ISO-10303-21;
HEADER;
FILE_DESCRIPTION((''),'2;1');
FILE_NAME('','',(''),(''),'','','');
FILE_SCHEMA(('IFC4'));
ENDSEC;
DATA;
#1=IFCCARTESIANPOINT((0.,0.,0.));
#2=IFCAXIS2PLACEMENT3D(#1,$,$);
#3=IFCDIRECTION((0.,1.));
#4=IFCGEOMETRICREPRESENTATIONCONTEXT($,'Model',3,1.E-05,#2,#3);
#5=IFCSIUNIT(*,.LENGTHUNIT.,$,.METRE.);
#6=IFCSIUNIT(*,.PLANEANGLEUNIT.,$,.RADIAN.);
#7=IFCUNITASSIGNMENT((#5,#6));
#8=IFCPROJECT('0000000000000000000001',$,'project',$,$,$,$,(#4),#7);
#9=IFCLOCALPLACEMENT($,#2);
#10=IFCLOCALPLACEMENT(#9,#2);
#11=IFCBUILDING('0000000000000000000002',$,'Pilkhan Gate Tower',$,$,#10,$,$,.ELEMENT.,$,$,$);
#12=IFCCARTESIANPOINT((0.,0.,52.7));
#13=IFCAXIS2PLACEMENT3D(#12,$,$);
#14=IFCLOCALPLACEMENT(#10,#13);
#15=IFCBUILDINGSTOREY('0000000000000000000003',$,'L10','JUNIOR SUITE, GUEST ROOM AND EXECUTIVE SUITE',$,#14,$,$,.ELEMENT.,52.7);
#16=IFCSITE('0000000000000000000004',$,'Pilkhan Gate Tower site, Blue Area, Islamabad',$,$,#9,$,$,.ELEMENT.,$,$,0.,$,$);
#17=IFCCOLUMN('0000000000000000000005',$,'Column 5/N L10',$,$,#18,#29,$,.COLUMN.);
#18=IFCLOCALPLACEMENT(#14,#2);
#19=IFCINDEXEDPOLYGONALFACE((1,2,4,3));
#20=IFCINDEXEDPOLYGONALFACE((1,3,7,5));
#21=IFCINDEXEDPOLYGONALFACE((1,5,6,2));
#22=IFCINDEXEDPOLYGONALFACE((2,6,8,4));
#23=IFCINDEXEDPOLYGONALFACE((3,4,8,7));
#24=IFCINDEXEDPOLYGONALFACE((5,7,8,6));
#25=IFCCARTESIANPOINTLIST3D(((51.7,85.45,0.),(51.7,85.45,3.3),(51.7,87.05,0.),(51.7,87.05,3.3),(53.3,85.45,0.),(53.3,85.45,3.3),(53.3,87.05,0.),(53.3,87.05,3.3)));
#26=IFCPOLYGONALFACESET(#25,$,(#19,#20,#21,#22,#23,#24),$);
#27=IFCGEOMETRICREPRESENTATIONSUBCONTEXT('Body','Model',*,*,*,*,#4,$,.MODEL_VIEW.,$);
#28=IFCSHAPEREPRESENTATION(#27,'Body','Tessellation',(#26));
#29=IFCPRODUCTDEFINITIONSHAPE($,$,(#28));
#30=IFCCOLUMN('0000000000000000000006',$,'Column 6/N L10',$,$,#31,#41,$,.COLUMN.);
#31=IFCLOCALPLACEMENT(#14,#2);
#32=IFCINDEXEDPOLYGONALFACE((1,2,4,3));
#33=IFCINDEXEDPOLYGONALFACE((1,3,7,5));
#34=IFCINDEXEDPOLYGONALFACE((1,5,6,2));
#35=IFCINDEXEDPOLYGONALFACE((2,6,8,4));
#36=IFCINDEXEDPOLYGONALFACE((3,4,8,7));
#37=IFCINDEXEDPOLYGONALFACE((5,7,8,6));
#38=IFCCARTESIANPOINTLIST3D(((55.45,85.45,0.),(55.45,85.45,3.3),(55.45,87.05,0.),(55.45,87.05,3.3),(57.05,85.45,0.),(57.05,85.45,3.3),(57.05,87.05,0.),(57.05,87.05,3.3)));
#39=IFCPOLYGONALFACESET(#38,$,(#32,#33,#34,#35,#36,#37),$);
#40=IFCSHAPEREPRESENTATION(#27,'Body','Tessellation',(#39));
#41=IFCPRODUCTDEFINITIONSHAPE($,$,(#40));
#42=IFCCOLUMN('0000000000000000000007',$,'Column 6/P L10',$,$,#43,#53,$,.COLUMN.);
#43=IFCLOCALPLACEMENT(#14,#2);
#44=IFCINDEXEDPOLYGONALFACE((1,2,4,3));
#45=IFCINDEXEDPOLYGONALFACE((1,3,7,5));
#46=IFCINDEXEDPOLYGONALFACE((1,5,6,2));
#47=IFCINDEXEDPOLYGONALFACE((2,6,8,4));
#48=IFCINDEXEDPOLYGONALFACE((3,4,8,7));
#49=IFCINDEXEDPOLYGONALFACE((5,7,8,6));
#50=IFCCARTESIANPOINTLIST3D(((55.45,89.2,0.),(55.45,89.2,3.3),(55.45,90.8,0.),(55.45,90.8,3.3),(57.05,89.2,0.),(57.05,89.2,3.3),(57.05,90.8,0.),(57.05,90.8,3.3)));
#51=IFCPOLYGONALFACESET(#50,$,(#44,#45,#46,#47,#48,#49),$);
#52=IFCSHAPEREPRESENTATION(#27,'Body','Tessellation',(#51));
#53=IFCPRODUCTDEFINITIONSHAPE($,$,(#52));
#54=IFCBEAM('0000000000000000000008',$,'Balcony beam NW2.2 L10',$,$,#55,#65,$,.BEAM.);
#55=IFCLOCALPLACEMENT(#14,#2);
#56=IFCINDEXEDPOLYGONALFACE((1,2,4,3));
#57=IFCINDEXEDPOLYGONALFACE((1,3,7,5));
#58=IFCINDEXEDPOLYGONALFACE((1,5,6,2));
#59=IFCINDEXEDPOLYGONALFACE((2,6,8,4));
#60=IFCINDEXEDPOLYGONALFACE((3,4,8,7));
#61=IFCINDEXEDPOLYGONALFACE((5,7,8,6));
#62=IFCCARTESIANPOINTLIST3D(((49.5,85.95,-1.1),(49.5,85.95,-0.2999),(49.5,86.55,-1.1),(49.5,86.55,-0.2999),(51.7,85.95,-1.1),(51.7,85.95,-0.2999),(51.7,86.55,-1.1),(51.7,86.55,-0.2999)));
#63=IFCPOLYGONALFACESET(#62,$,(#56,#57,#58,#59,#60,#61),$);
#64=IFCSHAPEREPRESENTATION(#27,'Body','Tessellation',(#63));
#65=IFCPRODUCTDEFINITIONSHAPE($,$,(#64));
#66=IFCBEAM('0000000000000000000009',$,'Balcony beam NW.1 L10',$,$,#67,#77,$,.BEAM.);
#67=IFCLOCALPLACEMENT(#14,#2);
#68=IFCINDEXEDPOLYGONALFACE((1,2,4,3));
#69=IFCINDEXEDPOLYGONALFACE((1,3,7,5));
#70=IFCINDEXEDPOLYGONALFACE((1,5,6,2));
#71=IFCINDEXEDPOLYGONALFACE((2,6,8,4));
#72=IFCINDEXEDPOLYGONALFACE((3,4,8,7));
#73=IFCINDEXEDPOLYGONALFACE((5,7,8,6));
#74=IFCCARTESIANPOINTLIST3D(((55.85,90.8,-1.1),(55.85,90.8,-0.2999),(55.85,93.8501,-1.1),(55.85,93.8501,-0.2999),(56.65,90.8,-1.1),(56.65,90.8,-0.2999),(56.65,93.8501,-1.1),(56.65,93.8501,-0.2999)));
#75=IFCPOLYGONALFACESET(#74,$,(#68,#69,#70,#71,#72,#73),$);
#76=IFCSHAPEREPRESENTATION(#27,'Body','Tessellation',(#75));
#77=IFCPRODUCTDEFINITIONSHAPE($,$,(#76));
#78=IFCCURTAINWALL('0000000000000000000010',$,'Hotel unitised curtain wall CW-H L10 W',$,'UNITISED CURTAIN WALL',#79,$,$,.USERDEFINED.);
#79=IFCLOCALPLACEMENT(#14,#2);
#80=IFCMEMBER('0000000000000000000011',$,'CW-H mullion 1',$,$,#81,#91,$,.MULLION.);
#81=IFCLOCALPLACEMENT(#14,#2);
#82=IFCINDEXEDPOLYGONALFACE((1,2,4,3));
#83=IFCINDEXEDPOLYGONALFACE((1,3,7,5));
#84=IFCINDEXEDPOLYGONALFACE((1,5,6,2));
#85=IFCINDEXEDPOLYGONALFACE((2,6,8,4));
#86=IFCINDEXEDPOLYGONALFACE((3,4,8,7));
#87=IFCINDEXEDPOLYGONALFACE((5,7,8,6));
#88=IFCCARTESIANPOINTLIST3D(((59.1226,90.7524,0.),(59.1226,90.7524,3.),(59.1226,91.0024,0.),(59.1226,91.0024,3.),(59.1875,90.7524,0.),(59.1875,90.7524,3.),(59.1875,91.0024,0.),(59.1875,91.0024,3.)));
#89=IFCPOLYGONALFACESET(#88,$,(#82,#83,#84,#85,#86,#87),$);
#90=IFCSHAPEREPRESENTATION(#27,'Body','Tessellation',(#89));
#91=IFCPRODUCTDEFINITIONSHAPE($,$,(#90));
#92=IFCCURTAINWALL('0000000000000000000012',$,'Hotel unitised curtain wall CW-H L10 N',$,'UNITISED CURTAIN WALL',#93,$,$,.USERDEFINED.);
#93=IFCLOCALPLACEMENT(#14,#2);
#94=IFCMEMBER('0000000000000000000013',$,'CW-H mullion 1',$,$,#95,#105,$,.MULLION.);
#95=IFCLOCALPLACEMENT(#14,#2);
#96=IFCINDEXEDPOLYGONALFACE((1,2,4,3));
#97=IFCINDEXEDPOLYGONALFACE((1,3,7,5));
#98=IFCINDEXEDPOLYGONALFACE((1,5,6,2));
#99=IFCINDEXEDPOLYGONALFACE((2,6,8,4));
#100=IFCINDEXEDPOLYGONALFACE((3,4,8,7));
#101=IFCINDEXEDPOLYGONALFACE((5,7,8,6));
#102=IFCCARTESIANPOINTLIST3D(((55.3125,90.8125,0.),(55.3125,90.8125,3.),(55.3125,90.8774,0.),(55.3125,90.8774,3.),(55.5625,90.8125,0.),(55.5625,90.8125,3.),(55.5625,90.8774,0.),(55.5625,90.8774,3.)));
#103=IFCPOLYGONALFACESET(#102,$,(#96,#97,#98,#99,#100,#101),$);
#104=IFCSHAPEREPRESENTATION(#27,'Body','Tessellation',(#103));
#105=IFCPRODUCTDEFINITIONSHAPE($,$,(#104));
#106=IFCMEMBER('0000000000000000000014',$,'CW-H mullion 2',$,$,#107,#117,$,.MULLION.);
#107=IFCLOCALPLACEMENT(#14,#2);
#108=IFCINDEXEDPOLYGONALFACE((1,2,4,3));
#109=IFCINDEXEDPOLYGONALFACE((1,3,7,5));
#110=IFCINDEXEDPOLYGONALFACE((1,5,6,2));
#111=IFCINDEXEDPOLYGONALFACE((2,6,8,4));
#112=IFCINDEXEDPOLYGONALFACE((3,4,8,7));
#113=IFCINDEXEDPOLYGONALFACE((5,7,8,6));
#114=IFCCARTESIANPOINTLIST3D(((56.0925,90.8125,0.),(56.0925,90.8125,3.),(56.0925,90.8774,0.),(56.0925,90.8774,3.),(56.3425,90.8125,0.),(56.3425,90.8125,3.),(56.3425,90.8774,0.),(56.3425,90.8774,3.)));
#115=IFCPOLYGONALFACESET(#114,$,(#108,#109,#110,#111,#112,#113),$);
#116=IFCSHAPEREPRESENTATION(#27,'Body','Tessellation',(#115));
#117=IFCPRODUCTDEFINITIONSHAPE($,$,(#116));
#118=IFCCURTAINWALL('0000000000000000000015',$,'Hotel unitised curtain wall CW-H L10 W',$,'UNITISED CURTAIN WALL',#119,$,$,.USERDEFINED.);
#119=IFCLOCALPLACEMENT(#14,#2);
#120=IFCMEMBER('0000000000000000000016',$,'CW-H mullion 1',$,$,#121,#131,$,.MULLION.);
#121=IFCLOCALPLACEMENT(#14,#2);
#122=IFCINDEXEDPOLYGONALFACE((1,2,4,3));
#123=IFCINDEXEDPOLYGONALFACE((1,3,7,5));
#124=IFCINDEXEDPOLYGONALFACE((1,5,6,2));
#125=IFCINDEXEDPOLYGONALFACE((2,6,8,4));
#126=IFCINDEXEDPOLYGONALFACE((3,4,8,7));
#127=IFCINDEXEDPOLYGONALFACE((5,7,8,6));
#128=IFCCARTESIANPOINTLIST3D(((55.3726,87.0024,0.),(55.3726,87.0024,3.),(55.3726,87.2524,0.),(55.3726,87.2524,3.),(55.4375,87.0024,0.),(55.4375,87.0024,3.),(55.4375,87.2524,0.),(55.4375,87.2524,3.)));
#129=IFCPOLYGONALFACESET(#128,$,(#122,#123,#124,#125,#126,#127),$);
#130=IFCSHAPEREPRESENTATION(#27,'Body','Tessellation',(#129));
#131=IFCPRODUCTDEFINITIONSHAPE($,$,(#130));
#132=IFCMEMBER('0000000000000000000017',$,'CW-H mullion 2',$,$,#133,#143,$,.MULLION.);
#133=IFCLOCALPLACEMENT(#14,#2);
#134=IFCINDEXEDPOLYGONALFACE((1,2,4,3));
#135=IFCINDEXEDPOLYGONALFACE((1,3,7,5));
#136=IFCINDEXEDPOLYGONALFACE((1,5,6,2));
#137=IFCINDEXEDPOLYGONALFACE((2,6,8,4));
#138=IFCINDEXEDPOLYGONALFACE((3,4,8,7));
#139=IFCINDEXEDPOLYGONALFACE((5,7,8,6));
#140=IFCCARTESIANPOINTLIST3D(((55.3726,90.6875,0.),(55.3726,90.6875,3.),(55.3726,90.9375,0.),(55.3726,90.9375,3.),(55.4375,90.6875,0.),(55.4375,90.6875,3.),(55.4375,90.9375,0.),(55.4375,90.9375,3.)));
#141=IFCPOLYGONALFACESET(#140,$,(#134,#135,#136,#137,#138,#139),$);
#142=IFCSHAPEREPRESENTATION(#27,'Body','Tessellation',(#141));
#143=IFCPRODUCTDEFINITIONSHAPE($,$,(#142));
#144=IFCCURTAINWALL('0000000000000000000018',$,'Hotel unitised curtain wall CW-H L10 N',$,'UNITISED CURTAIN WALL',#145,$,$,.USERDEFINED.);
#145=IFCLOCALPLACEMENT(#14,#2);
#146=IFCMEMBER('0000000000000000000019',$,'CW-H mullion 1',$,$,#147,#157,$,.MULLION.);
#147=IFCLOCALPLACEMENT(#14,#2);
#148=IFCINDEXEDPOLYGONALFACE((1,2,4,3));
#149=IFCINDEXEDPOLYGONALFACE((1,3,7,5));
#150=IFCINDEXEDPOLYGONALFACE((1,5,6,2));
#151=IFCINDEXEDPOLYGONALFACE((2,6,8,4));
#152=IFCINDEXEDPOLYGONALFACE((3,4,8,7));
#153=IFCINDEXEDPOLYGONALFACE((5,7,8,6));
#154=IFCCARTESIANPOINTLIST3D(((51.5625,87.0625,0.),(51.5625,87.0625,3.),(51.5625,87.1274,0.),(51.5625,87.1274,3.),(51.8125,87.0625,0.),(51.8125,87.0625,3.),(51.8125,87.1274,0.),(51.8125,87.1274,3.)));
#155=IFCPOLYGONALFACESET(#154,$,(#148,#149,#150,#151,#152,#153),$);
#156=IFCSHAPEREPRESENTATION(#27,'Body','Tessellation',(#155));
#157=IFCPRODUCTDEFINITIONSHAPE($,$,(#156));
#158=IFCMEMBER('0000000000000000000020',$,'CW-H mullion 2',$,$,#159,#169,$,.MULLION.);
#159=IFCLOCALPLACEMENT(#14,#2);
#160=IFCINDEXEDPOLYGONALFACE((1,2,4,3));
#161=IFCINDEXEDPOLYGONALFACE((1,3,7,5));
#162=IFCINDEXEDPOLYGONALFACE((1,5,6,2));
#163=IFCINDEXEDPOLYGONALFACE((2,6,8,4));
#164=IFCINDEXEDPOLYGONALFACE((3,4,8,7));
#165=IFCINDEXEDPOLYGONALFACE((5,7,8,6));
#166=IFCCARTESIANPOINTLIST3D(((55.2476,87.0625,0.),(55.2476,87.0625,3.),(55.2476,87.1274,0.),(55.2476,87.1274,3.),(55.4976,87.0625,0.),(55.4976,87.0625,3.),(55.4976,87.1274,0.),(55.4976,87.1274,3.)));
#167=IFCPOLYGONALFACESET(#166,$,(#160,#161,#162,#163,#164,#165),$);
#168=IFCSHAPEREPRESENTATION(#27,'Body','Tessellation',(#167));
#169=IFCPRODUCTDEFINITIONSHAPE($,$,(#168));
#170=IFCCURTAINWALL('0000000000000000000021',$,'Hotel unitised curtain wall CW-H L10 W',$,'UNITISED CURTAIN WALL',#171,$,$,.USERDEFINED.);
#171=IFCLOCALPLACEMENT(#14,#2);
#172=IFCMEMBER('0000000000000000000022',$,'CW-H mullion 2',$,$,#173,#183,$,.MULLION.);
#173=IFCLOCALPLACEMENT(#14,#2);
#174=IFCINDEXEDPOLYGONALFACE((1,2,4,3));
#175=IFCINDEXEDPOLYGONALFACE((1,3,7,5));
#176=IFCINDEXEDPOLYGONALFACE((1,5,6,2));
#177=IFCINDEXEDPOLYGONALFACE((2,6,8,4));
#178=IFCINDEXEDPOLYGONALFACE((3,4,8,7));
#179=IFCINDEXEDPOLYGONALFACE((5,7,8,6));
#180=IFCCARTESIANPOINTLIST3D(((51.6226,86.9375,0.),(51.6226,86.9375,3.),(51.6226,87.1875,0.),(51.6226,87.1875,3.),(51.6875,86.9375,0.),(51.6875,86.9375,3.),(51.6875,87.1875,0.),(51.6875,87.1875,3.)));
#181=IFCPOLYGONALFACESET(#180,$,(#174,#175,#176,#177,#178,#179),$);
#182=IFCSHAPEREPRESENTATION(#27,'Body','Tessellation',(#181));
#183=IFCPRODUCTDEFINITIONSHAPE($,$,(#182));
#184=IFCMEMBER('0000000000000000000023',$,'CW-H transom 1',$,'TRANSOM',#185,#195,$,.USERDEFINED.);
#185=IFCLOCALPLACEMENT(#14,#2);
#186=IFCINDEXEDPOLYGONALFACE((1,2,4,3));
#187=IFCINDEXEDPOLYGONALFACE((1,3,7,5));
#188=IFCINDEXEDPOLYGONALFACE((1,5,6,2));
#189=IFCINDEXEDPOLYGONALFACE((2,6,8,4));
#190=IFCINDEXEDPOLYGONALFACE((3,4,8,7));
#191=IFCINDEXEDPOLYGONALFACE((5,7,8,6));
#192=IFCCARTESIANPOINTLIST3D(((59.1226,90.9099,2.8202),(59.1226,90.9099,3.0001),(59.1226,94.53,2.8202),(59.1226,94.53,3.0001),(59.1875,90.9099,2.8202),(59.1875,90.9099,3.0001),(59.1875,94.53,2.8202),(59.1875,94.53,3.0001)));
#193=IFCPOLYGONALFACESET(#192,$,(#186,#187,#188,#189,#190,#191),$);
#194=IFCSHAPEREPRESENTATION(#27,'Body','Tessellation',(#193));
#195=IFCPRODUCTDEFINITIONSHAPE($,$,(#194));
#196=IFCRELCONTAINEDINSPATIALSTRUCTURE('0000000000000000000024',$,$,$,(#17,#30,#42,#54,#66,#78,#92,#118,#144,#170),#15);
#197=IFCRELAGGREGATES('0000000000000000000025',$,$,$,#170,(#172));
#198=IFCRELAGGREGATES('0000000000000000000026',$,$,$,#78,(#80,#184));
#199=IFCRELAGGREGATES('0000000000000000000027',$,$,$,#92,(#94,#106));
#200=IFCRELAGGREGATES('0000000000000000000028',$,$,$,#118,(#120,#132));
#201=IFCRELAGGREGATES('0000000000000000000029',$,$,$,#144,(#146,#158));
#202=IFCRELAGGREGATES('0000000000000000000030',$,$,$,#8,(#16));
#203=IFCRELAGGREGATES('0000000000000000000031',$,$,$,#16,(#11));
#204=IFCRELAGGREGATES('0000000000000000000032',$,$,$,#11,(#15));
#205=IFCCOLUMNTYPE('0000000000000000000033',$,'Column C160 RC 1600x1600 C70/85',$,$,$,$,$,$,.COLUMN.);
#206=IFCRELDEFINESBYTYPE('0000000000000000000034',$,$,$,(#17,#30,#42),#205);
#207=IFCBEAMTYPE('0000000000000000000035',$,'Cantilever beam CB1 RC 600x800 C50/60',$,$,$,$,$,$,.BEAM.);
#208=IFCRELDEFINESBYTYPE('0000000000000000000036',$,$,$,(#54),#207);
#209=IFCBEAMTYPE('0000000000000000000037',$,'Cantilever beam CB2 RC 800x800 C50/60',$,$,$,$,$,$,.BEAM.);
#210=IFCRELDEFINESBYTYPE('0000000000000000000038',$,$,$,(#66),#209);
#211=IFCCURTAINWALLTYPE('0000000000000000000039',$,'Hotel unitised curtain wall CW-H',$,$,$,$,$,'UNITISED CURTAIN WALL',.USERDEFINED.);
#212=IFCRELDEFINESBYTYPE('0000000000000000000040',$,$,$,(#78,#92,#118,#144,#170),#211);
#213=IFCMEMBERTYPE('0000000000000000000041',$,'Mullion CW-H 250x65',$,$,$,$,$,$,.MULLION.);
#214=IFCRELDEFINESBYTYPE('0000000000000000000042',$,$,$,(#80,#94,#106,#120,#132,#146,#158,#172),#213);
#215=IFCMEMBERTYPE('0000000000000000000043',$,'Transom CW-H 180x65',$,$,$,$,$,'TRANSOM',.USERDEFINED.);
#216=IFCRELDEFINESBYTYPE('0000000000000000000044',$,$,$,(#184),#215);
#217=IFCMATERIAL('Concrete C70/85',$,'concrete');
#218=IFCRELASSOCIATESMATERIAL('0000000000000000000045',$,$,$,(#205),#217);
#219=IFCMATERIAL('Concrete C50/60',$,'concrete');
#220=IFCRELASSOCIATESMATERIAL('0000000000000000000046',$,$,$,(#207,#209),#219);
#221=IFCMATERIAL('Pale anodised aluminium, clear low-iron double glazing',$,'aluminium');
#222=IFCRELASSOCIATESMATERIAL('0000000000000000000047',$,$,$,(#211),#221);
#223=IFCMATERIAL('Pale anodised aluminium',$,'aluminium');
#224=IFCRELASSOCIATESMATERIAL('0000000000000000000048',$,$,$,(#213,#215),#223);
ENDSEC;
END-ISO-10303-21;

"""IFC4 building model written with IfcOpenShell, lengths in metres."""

from ifc_helpers import new_model, si_unit, direction, frame, origin, origin_2d, place, context, subcontext, project, spatial, rectangle, extrude, material, material_profile, profile_set, type_object, element, aggregate, save


model = new_model("IFC4")

# Units and contexts
model_context = context("Model", 3, precision=1e-05, world=origin(), true_north=direction((0.0, 1.0)))
body_context = subcontext(model_context, "Body", "Model", "MODEL_VIEW")
ifc_project = project(units=[si_unit("LENGTHUNIT", "METRE"), si_unit("PLANEANGLEUNIT", "RADIAN")], contexts=[model_context])

# Site, building, storey
site_placement = place(None, origin())
site = spatial("IfcSite", under=ifc_project, at=site_placement, Name="Pilkhan Gate Tower site, Blue Area, Islamabad", CompositionType="ELEMENT", RefElevation=0.0)
building_placement = place(site_placement, origin())
building = spatial("IfcBuilding", under=site, at=building_placement, Name="Pilkhan Gate Tower", CompositionType="ELEMENT")
storey_placement = place(building_placement, frame((0.0, 0.0, 52.7)))
storey = spatial("IfcBuildingStorey", under=building, at=storey_placement, Name="L10", Description="JUNIOR SUITE, GUEST ROOM AND EXECUTIVE SUITE", CompositionType="ELEMENT", Elevation=52.7)

# Columns
ifc_material_1 = material(Name="Concrete C70/85", Category="concrete")
ifc_material_profile_1 = material_profile(ifc_material_1, rectangle(XDim=1.6001, YDim=1.6001, at=origin_2d()), Name="RC 1600x1600")
ifc_profile_set_1 = profile_set([ifc_material_profile_1], Name="Concrete C70/85")
column_type = type_object("IfcColumnType", Name="Column C160 RC 1600x1600 C70/85", PredefinedType="COLUMN", material=ifc_profile_set_1)
for number, where, z_axis, x_axis, name in (
    (1, (52.5, 86.25, 0.0), (0.0, 0.0, 1.0), (1.0, 0.0, 0.0), "Column 5/N L10"),
    (2, (56.25, 86.25, 0.0), (0.0, 0.0, 1.0), (1.0, 0.0, 0.0), "Column 6/N L10"),
    (3, (56.25, 90.0, 0.0), (0.0, 0.0, 1.0), (1.0, 0.0, 0.0), "Column 6/P L10"),
):
    element("IfcColumn", number, at=place(storey_placement, frame(where, z_axis=z_axis, x_axis=x_axis)), inside=storey, type_object=column_type, Name=name, PredefinedType="COLUMN", context=body_context, shape_type="SweptSolid", body=[
        extrude(rectangle(XDim=1.6001, YDim=1.6001, at=origin_2d()), origin(), (0.0, 0.0, 1.0), 3.3),
    ])

# Beams
ifc_material_2 = material(Name="Concrete C50/60", Category="concrete")
ifc_material_profile_2 = material_profile(ifc_material_2, rectangle(XDim=0.6001, YDim=0.8, at=origin_2d()), Name="RC 600x800")
ifc_profile_set_2 = profile_set([ifc_material_profile_2], Name="Concrete C50/60")
beam_type_1 = type_object("IfcBeamType", Name="Cantilever beam CB1 RC 600x800 C50/60", PredefinedType="BEAM", material=ifc_profile_set_2)
beam_1_placement = place(storey_placement, frame((51.7, 86.25, -0.7), z_axis=(-1.0, 0.0, 0.0), x_axis=(0.0, -1.0, 0.0)))
element("IfcBeam", 4, at=beam_1_placement, inside=storey, type_object=beam_type_1, Name="Balcony beam NW2.2 L10", PredefinedType="BEAM", context=body_context, shape_type="SweptSolid", body=[
    extrude(rectangle(XDim=0.6001, YDim=0.8, at=origin_2d()), origin(), (0.0, 0.0, 1.0), 2.2),
])
ifc_material_profile_3 = material_profile(ifc_material_2, rectangle(XDim=0.8, YDim=0.8, at=origin_2d()), Name="RC 800x800")
ifc_profile_set_3 = profile_set([ifc_material_profile_3], Name="Concrete C50/60")
beam_type_2 = type_object("IfcBeamType", Name="Cantilever beam CB2 RC 800x800 C50/60", PredefinedType="BEAM", material=ifc_profile_set_3)
beam_2_placement = place(storey_placement, frame((56.25, 90.8, -0.7), z_axis=(0.0, 1.0, 0.0), x_axis=(-1.0, 0.0, 0.0)))
element("IfcBeam", 5, at=beam_2_placement, inside=storey, type_object=beam_type_2, Name="Balcony beam NW.1 L10", PredefinedType="BEAM", context=body_context, shape_type="SweptSolid", body=[
    extrude(rectangle(XDim=0.8, YDim=0.8, at=origin_2d()), origin(), (0.0, 0.0, 1.0), 3.05),
])

# Curtain wall, member
ifc_material_3 = material(Name="Pale anodised aluminium, clear low-iron double glazing", Category="aluminium")
curtain_wall_type = type_object("IfcCurtainWallType", Name="Hotel unitised curtain wall CW-H", ElementType="UNITISED CURTAIN WALL", PredefinedType="USERDEFINED", material=ifc_material_3)
curtain_wall_1_placement = place(storey_placement, origin())
curtain_wall_1 = element("IfcCurtainWall", 6, at=curtain_wall_1_placement, inside=storey, type_object=curtain_wall_type, Name="Hotel unitised curtain wall CW-H L10 W", ObjectType="UNITISED CURTAIN WALL", PredefinedType="USERDEFINED")
ifc_material_4 = material(Name="Pale anodised aluminium", Category="aluminium")
ifc_material_profile_4 = material_profile(ifc_material_4, rectangle(XDim=0.0649, YDim=0.25, at=origin_2d()), Name="Mullion 250x65")
ifc_profile_set_4 = profile_set([ifc_material_profile_4], Name="Pale anodised aluminium")
member_type_1 = type_object("IfcMemberType", Name="Mullion CW-H 250x65", PredefinedType="MULLION", material=ifc_profile_set_4)
member_1_placement = place(storey_placement, frame((59.155, 90.8774, 0.0), z_axis=(0.0, 0.0, 1.0), x_axis=(-1.0, 0.0, 0.0)))
member_1 = element("IfcMember", 7, at=member_1_placement, type_object=member_type_1, Name="CW-H mullion 1", PredefinedType="MULLION", context=body_context, shape_type="SweptSolid", body=[
    extrude(rectangle(XDim=0.0649, YDim=0.25, at=origin_2d()), origin(), (0.0, 0.0, 1.0), 3.0),
])

# Curtain walls, members
curtain_wall_2_placement = place(storey_placement, origin())
curtain_wall_2 = element("IfcCurtainWall", 8, at=curtain_wall_2_placement, inside=storey, type_object=curtain_wall_type, Name="Hotel unitised curtain wall CW-H L10 N", ObjectType="UNITISED CURTAIN WALL", PredefinedType="USERDEFINED")
member_2_placement = place(storey_placement, frame((55.4375, 90.845, 0.0), z_axis=(0.0, 0.0, 1.0), x_axis=(0.0, 1.0, 0.0)))
member_2 = element("IfcMember", 9, at=member_2_placement, type_object=member_type_1, Name="CW-H mullion 1", PredefinedType="MULLION", context=body_context, shape_type="SweptSolid", body=[
    extrude(rectangle(XDim=0.0649, YDim=0.25, at=origin_2d()), origin(), (0.0, 0.0, 1.0), 3.0),
])
member_3_placement = place(storey_placement, frame((56.2175, 90.845, 0.0), z_axis=(0.0, 0.0, 1.0), x_axis=(0.0, 1.0, 0.0)))
member_3 = element("IfcMember", 10, at=member_3_placement, type_object=member_type_1, Name="CW-H mullion 2", PredefinedType="MULLION", context=body_context, shape_type="SweptSolid", body=[
    extrude(rectangle(XDim=0.0649, YDim=0.25, at=origin_2d()), origin(), (0.0, 0.0, 1.0), 3.0),
])
curtain_wall_3_placement = place(storey_placement, origin())
curtain_wall_3 = element("IfcCurtainWall", 11, at=curtain_wall_3_placement, inside=storey, type_object=curtain_wall_type, Name="Hotel unitised curtain wall CW-H L10 W", ObjectType="UNITISED CURTAIN WALL", PredefinedType="USERDEFINED")
member_4_placement = place(storey_placement, frame((55.405, 87.1274, 0.0), z_axis=(0.0, 0.0, 1.0), x_axis=(-1.0, 0.0, 0.0)))
member_4 = element("IfcMember", 12, at=member_4_placement, type_object=member_type_1, Name="CW-H mullion 1", PredefinedType="MULLION", context=body_context, shape_type="SweptSolid", body=[
    extrude(rectangle(XDim=0.0649, YDim=0.25, at=origin_2d()), origin(), (0.0, 0.0, 1.0), 3.0),
])
member_5_placement = place(storey_placement, frame((55.405, 90.8125, 0.0), z_axis=(0.0, 0.0, 1.0), x_axis=(-1.0, 0.0, 0.0)))
member_5 = element("IfcMember", 13, at=member_5_placement, type_object=member_type_1, Name="CW-H mullion 2", PredefinedType="MULLION", context=body_context, shape_type="SweptSolid", body=[
    extrude(rectangle(XDim=0.0649, YDim=0.25, at=origin_2d()), origin(), (0.0, 0.0, 1.0), 3.0),
])
curtain_wall_4_placement = place(storey_placement, origin())
curtain_wall_4 = element("IfcCurtainWall", 14, at=curtain_wall_4_placement, inside=storey, type_object=curtain_wall_type, Name="Hotel unitised curtain wall CW-H L10 N", ObjectType="UNITISED CURTAIN WALL", PredefinedType="USERDEFINED")
member_6_placement = place(storey_placement, frame((51.6875, 87.095, 0.0), z_axis=(0.0, 0.0, 1.0), x_axis=(0.0, 1.0, 0.0)))
member_6 = element("IfcMember", 15, at=member_6_placement, type_object=member_type_1, Name="CW-H mullion 1", PredefinedType="MULLION", context=body_context, shape_type="SweptSolid", body=[
    extrude(rectangle(XDim=0.0649, YDim=0.25, at=origin_2d()), origin(), (0.0, 0.0, 1.0), 3.0),
])
member_7_placement = place(storey_placement, frame((55.3726, 87.095, 0.0), z_axis=(0.0, 0.0, 1.0), x_axis=(0.0, 1.0, 0.0)))
member_7 = element("IfcMember", 16, at=member_7_placement, type_object=member_type_1, Name="CW-H mullion 2", PredefinedType="MULLION", context=body_context, shape_type="SweptSolid", body=[
    extrude(rectangle(XDim=0.0649, YDim=0.25, at=origin_2d()), origin(), (0.0, 0.0, 1.0), 3.0),
])

# Curtain wall, member
curtain_wall_5_placement = place(storey_placement, origin())
curtain_wall_5 = element("IfcCurtainWall", 17, at=curtain_wall_5_placement, inside=storey, type_object=curtain_wall_type, Name="Hotel unitised curtain wall CW-H L10 W", ObjectType="UNITISED CURTAIN WALL", PredefinedType="USERDEFINED")
member_8_placement = place(storey_placement, frame((51.655, 87.0625, 0.0), z_axis=(0.0, 0.0, 1.0), x_axis=(-1.0, 0.0, 0.0)))
member_8 = element("IfcMember", 18, at=member_8_placement, type_object=member_type_1, Name="CW-H mullion 2", PredefinedType="MULLION", context=body_context, shape_type="SweptSolid", body=[
    extrude(rectangle(XDim=0.0649, YDim=0.25, at=origin_2d()), origin(), (0.0, 0.0, 1.0), 3.0),
])
aggregate(curtain_wall_5, [member_8])

# Member
ifc_material_profile_5 = material_profile(ifc_material_4, rectangle(XDim=0.0649, YDim=0.1799, at=origin_2d()), Name="Transom 180x65")
ifc_profile_set_5 = profile_set([ifc_material_profile_5], Name="Pale anodised aluminium")
member_type_2 = type_object("IfcMemberType", Name="Transom CW-H 180x65", ElementType="TRANSOM", PredefinedType="USERDEFINED", material=ifc_profile_set_5)
member_9_placement = place(storey_placement, frame((59.155, 90.9099, 2.9102), z_axis=(0.0, 1.0, 0.0), x_axis=(-1.0, 0.0, 0.0)))
member_9 = element("IfcMember", 19, at=member_9_placement, type_object=member_type_2, Name="CW-H transom 1", ObjectType="TRANSOM", PredefinedType="USERDEFINED", context=body_context, shape_type="SweptSolid", body=[
    extrude(rectangle(XDim=0.0649, YDim=0.1799, at=origin_2d()), origin(), (0.0, 0.0, 1.0), 3.6201),
])
aggregate(curtain_wall_1, [member_1, member_9])

aggregate(curtain_wall_2, [member_2, member_3])
aggregate(curtain_wall_3, [member_4, member_5])
aggregate(curtain_wall_4, [member_6, member_7])

save(model, "model.ifc")
